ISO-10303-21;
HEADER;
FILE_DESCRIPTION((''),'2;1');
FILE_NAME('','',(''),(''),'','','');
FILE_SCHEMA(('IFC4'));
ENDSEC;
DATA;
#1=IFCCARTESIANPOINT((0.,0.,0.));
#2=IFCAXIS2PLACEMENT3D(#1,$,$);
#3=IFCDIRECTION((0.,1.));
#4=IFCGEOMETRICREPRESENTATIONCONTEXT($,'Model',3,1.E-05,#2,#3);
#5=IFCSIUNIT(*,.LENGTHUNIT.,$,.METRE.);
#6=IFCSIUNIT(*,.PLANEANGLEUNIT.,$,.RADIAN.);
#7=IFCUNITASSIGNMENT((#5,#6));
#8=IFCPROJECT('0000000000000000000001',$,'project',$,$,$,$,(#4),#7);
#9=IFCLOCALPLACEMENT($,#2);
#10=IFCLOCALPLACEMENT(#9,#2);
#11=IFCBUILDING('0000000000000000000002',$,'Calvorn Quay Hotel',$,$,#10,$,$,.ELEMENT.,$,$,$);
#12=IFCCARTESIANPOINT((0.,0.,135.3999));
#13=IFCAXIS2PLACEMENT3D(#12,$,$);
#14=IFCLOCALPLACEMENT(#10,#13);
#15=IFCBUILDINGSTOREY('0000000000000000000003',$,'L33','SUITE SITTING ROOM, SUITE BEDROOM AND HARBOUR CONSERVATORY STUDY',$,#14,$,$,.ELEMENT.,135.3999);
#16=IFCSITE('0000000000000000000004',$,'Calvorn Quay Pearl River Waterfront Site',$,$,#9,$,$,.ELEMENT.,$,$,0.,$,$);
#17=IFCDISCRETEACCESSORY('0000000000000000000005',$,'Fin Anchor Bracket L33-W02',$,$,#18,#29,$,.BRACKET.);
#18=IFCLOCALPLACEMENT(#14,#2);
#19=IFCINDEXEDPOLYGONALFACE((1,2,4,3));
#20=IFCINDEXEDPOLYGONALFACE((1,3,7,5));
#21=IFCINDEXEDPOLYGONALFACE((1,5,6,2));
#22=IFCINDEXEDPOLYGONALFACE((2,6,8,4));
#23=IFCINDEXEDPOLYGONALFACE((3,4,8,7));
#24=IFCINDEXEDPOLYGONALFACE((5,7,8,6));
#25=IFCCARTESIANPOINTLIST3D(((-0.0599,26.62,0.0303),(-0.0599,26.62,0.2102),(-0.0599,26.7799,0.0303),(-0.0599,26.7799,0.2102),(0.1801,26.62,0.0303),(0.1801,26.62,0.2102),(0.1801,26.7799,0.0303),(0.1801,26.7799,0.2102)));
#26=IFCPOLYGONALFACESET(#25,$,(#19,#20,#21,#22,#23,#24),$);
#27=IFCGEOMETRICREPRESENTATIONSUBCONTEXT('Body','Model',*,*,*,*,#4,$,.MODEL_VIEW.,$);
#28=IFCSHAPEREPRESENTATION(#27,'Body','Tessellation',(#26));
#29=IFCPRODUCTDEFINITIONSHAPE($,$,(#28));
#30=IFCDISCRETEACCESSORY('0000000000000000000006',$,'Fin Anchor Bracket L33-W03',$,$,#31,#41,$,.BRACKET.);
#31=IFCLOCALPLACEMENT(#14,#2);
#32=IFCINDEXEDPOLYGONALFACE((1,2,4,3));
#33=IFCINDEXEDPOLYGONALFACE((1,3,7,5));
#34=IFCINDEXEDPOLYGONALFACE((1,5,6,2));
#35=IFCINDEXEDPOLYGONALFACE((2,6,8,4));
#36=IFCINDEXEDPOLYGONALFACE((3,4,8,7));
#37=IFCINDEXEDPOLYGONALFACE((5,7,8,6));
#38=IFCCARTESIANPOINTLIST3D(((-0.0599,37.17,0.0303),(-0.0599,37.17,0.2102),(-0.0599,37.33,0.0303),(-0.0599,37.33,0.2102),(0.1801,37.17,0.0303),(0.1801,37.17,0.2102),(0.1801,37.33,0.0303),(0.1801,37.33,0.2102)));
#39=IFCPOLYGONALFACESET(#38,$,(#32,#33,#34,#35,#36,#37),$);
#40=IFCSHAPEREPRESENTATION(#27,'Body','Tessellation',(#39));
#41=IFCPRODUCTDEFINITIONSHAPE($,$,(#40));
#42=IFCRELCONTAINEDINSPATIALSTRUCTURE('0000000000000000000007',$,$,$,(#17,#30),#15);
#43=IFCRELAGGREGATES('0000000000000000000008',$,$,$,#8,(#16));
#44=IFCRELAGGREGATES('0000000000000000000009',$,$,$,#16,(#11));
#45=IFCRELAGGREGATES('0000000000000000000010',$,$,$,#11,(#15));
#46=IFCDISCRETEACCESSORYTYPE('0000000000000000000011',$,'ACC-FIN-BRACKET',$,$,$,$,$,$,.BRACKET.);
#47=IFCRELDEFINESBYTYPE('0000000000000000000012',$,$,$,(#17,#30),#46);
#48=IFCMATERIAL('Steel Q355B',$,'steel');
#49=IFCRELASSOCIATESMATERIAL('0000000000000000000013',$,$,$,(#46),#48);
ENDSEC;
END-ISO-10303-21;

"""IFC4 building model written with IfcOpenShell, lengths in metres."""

from ifc_helpers import new_model, si_unit, direction, frame, origin, origin_2d, place, context, subcontext, project, spatial, rectangle, extrude, material, type_object, element, save


model = new_model("IFC4")

# Units and contexts
model_context = context("Model", 3, precision=1e-05, world=origin(), true_north=direction((0.0, 1.0)))
body_context = subcontext(model_context, "Body", "Model", "MODEL_VIEW")
ifc_project = project(units=[si_unit("LENGTHUNIT", "METRE"), si_unit("PLANEANGLEUNIT", "RADIAN")], contexts=[model_context])

# Site, building, storey
site_placement = place(None, origin())
site = spatial("IfcSite", under=ifc_project, at=site_placement, Name="Calvorn Quay Pearl River Waterfront Site", CompositionType="ELEMENT", RefElevation=0.0)
building_placement = place(site_placement, origin())
building = spatial("IfcBuilding", under=site, at=building_placement, Name="Calvorn Quay Hotel", CompositionType="ELEMENT")
storey_placement = place(building_placement, frame((0.0, 0.0, 135.3999)))
storey = spatial("IfcBuildingStorey", under=building, at=storey_placement, Name="L33", Description="SUITE SITTING ROOM, SUITE BEDROOM AND HARBOUR CONSERVATORY STUDY", CompositionType="ELEMENT", Elevation=135.3999)

# Discrete accessories
ifc_material_1 = material(Name="Steel Q355B", Category="steel")
discrete_accessory_type = type_object("IfcDiscreteAccessoryType", Name="ACC-FIN-BRACKET", PredefinedType="BRACKET", material=ifc_material_1)
for number, where, z_axis, x_axis, name in (
    (1, (0.0601, 26.7, 0.0303), (0.0, 0.0, 1.0), (1.0, 0.0, 0.0), "Fin Anchor Bracket L33-W02"),
    (2, (0.0601, 37.25, 0.0303), (0.0, 0.0, 1.0), (1.0, 0.0, 0.0), "Fin Anchor Bracket L33-W03"),
):
    element("IfcDiscreteAccessory", number, at=place(storey_placement, frame(where, z_axis=z_axis, x_axis=x_axis)), inside=storey, type_object=discrete_accessory_type, Name=name, PredefinedType="BRACKET", context=body_context, shape_type="SweptSolid", body=[
        extrude(rectangle(XDim=0.24, YDim=0.1599, at=origin_2d()), origin(), (0.0, 0.0, 1.0), 0.1799),
    ])

save(model, "model.ifc")
